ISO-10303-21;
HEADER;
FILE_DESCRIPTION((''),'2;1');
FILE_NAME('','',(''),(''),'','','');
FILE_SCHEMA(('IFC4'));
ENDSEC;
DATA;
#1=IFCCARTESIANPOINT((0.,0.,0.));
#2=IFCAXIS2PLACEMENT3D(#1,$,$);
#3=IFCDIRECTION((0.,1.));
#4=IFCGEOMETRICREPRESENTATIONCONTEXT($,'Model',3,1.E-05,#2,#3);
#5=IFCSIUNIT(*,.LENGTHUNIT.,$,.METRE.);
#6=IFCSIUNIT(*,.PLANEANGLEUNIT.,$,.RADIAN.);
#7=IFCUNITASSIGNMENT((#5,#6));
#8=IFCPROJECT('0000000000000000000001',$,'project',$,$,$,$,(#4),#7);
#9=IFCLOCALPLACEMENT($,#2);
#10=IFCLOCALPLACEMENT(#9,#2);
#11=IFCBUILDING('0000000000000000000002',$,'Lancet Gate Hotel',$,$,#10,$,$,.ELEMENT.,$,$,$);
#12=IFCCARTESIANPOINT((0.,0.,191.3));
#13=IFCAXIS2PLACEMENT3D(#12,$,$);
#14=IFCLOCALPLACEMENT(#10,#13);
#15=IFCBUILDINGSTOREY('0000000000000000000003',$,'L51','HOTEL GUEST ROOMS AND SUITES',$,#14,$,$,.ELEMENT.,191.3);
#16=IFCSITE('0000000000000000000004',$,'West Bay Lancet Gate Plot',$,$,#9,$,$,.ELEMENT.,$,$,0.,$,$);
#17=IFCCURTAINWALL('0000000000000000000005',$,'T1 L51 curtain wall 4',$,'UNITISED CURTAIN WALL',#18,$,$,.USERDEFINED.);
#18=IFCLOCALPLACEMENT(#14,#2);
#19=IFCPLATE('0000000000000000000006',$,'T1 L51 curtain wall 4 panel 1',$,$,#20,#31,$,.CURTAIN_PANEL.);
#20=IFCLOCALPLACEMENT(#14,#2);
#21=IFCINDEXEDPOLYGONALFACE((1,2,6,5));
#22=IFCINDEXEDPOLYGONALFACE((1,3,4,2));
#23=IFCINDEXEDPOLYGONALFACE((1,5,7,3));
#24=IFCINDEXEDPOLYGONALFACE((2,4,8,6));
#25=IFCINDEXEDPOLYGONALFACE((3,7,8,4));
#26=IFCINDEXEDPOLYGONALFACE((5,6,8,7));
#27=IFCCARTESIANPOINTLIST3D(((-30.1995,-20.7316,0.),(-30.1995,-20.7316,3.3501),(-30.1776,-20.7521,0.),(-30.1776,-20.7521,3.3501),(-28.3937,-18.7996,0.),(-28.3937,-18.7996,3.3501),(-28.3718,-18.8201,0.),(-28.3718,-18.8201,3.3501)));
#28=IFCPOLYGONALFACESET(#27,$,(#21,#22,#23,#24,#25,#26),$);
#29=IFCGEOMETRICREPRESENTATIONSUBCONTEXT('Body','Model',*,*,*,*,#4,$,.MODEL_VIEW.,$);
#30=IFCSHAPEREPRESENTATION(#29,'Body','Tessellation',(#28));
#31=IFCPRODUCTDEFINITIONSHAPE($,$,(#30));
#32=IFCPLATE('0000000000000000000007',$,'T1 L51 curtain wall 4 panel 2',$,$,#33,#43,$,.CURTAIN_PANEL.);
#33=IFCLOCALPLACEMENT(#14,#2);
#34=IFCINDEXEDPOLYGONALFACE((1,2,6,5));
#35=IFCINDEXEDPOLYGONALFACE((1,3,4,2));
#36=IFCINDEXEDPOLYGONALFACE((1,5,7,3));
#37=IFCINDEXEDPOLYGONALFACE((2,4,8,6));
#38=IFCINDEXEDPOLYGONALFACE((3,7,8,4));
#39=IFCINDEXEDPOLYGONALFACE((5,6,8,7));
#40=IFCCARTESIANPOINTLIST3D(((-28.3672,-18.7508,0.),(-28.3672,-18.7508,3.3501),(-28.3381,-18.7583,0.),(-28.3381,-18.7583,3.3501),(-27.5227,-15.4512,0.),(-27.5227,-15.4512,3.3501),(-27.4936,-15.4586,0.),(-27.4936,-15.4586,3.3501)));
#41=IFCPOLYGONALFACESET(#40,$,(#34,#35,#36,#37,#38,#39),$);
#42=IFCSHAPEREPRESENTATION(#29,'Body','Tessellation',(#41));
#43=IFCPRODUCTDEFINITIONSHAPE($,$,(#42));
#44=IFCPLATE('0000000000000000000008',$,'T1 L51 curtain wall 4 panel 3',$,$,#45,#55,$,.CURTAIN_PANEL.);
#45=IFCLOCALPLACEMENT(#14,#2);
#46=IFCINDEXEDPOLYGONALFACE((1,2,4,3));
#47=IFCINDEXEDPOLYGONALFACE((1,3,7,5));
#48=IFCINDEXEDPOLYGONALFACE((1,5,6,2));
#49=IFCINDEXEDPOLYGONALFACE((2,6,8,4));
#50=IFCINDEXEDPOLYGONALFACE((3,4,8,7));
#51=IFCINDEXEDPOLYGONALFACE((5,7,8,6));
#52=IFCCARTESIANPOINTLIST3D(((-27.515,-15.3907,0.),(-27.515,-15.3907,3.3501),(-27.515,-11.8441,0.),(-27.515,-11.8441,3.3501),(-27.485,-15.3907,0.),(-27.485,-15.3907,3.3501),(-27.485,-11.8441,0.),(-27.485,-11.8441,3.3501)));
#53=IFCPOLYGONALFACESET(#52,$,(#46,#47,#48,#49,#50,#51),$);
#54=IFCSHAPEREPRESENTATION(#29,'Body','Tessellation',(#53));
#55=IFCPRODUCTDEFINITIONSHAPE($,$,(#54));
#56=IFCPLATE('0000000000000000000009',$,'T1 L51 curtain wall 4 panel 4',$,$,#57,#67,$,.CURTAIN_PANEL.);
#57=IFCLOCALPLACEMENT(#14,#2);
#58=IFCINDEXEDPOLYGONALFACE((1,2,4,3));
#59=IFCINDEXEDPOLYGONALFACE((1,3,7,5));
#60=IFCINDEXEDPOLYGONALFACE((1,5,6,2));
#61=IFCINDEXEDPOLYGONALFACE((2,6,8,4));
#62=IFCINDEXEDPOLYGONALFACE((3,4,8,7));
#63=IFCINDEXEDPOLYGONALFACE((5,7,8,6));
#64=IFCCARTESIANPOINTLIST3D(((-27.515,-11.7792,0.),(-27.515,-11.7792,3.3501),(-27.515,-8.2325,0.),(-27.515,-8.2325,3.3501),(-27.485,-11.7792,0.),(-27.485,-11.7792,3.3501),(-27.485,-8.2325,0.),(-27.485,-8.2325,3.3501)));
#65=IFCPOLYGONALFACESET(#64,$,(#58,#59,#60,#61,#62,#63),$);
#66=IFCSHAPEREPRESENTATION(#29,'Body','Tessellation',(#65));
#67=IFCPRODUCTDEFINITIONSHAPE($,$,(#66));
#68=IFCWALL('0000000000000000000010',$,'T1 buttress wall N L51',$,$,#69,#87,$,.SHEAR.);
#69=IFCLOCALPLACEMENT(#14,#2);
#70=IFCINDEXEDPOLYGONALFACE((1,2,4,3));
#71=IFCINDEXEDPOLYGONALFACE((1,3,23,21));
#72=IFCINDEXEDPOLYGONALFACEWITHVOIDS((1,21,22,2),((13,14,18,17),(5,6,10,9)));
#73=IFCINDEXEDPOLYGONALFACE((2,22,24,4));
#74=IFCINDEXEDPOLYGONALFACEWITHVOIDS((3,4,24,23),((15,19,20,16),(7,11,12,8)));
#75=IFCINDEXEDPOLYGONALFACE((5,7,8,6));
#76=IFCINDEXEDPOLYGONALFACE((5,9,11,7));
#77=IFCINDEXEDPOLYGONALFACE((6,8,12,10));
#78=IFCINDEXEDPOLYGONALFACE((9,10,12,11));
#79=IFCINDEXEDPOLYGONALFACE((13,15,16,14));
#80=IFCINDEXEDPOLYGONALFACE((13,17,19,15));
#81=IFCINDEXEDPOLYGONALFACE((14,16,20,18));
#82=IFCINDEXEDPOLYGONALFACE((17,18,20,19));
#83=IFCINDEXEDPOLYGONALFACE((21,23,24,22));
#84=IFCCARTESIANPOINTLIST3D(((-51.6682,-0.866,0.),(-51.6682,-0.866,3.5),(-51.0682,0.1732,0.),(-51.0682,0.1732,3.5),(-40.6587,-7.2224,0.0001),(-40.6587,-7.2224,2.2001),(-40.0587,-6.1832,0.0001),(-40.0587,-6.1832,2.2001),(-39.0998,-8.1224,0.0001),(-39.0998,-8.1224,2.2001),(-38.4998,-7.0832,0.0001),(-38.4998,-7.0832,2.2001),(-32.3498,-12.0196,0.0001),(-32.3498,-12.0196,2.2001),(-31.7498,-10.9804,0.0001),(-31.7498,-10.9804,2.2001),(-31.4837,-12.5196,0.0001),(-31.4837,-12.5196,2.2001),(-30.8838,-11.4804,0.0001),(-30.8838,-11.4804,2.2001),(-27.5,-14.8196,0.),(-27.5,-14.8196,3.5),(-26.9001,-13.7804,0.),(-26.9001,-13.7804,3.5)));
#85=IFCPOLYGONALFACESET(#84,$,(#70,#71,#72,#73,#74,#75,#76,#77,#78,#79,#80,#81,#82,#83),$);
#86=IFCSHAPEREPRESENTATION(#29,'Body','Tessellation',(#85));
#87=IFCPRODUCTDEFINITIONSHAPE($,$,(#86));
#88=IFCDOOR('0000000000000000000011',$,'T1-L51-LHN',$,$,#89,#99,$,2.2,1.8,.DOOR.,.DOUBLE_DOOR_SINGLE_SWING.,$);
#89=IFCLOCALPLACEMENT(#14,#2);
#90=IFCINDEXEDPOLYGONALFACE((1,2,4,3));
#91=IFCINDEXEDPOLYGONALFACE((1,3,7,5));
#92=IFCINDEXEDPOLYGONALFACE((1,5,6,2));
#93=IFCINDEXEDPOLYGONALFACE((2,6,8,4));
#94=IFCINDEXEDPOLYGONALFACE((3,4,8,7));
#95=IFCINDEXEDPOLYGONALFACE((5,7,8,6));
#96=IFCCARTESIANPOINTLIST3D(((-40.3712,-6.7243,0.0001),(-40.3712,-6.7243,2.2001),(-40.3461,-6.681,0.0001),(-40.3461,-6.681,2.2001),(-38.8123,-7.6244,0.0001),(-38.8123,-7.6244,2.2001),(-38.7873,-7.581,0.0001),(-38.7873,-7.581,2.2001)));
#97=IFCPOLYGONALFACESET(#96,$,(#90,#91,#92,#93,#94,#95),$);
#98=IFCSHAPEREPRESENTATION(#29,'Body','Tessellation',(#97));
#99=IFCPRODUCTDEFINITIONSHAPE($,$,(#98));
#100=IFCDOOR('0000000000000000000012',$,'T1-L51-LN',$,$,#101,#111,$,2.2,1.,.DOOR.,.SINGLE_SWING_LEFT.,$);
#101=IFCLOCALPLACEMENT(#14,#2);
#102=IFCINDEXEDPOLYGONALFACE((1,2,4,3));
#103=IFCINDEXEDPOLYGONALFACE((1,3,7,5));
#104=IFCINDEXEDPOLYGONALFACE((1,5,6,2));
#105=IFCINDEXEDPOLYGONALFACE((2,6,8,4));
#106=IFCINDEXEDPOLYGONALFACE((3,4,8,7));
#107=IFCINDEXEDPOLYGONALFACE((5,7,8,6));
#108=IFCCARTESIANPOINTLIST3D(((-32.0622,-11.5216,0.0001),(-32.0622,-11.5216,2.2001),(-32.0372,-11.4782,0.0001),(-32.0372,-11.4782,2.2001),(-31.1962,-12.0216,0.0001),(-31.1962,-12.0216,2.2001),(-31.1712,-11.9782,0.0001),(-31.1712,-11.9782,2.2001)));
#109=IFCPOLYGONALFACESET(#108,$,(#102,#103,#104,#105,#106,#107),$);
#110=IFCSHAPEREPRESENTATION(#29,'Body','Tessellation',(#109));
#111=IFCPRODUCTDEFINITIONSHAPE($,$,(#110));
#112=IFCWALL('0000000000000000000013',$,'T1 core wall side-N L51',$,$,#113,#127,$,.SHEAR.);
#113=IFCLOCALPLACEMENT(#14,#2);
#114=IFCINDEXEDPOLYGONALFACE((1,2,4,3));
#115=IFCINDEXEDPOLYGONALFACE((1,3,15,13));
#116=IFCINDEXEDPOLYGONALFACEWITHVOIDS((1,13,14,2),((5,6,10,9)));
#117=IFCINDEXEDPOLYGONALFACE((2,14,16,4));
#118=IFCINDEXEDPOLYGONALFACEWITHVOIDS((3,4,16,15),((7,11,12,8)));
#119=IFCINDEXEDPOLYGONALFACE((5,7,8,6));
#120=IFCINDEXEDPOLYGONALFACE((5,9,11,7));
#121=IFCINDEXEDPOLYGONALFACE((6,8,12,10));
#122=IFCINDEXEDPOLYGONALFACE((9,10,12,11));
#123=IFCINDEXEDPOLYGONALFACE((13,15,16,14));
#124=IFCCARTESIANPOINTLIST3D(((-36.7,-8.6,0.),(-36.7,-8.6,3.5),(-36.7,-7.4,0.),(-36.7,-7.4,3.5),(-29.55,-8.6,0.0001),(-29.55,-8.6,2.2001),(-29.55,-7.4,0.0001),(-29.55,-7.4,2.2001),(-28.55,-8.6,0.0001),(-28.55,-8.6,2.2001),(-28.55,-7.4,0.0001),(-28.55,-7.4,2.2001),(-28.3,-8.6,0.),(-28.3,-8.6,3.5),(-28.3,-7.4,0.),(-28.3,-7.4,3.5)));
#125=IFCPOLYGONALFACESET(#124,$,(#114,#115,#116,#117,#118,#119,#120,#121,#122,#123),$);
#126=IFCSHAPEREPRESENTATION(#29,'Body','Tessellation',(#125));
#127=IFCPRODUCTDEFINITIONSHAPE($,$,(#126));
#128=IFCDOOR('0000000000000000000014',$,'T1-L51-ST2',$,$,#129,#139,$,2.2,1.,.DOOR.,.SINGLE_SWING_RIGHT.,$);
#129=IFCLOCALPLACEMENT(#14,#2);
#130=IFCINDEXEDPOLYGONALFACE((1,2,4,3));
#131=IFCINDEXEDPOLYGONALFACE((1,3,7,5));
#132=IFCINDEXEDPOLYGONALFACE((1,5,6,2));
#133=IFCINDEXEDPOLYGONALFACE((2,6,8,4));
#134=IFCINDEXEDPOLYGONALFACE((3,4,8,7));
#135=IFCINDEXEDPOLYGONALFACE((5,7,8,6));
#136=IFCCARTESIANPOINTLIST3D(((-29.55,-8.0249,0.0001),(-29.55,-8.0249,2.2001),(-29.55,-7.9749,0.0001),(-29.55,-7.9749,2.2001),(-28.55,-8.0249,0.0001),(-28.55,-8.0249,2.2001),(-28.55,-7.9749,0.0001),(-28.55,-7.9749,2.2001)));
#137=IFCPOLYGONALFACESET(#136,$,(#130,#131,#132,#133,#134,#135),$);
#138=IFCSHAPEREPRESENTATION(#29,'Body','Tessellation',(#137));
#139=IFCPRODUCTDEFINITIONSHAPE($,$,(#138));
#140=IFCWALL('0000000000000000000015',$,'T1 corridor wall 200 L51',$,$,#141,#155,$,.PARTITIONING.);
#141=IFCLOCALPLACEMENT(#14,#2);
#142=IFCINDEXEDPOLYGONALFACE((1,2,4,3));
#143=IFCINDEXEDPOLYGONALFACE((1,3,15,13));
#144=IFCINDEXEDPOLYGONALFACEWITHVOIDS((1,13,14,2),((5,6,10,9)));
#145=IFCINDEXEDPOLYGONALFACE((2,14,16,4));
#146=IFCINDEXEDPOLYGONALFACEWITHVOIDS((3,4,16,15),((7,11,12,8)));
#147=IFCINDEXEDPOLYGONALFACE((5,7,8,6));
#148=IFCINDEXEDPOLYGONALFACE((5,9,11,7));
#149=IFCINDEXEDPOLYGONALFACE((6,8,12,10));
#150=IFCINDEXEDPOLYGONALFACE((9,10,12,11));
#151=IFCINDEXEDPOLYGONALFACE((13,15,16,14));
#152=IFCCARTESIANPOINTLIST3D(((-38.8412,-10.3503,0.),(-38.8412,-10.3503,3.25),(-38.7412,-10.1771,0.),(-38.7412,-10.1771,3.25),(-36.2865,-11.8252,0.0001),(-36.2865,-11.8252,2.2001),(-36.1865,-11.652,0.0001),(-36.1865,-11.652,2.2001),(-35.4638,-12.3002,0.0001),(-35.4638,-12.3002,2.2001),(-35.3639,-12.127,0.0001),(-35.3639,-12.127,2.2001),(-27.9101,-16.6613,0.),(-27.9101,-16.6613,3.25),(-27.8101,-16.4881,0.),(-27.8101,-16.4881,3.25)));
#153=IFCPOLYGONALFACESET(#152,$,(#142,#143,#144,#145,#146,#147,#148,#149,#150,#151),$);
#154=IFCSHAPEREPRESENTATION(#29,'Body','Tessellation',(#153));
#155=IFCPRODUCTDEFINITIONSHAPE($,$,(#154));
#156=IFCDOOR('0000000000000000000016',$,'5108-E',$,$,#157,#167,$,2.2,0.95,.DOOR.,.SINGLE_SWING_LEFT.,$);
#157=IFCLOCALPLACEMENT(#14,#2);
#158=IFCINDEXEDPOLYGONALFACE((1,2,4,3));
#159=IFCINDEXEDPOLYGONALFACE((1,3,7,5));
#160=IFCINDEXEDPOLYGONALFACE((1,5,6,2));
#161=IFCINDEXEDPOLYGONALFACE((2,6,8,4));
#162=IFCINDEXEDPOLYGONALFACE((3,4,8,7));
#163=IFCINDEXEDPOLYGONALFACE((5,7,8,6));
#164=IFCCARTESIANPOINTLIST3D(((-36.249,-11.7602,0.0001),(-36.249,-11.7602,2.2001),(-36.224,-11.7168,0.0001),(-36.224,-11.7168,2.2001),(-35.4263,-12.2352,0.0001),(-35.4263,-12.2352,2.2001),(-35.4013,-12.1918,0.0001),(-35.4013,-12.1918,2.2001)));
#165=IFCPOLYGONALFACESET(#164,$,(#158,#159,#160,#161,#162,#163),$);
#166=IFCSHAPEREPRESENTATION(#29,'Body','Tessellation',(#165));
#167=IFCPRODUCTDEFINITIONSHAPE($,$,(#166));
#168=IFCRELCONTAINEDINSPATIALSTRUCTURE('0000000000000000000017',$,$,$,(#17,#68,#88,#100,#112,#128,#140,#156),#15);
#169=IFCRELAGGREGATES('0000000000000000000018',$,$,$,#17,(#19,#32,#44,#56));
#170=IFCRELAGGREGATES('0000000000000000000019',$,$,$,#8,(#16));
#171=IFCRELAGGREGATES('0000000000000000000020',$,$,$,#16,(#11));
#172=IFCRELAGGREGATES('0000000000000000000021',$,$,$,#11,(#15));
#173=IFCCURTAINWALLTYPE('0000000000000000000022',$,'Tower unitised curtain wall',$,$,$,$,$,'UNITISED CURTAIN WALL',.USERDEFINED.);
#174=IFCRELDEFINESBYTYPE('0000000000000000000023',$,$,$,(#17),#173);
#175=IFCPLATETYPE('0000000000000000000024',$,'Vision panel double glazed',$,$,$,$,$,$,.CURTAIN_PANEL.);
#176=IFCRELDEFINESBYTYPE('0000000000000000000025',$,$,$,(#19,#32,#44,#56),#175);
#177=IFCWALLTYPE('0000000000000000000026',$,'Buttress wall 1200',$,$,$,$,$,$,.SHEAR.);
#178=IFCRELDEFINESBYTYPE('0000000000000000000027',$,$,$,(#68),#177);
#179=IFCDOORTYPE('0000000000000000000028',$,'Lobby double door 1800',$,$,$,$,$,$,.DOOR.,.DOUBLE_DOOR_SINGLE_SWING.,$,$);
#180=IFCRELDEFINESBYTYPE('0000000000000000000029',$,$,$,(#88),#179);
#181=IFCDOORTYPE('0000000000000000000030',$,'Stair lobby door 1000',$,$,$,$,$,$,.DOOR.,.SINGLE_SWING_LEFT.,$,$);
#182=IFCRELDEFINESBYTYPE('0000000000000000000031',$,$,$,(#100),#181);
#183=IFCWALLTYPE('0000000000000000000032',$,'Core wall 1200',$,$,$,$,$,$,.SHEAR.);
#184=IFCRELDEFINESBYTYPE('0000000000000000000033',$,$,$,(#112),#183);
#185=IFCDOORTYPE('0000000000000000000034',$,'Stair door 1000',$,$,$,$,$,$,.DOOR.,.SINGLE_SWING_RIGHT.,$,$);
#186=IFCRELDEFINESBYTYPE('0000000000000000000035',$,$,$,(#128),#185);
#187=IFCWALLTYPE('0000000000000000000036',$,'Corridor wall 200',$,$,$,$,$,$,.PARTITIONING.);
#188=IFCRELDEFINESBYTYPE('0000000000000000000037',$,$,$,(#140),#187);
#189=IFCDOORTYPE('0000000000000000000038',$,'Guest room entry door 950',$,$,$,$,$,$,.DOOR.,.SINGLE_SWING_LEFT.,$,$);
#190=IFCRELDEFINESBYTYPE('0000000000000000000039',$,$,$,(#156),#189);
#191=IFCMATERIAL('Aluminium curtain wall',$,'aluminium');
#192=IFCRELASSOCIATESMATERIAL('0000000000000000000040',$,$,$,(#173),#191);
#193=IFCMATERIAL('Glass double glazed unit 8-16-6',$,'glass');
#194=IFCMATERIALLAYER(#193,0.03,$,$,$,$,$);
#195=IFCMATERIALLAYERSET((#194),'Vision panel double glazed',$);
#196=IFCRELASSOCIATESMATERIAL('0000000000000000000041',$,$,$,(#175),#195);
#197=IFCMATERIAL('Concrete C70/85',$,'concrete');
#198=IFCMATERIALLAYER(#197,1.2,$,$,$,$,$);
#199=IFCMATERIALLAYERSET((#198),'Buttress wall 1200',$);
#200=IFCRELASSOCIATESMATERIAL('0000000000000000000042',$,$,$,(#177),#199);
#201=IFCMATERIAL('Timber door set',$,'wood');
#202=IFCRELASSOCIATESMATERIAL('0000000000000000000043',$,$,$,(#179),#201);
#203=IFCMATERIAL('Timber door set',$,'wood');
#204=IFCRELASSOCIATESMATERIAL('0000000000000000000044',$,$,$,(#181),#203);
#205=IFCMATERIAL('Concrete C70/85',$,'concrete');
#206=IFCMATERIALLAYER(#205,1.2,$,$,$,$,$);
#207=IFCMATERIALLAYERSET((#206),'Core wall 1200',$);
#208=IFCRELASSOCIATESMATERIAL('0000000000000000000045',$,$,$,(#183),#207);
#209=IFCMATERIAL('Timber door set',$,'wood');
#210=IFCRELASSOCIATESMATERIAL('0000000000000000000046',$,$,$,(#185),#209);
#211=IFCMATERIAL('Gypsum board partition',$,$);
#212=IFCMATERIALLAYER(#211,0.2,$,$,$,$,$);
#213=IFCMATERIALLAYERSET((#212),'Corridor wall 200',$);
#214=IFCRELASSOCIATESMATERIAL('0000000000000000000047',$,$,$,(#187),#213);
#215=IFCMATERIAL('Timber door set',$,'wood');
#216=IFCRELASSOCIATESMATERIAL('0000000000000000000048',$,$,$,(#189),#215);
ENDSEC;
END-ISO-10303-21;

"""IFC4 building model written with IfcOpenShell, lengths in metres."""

from ifc_helpers import new_model, si_unit, direction, frame, frame_2d, origin, origin_2d, place, context, subcontext, project, spatial, rectangle, extrude, material, layer, layer_set, type_object, element, fill, aggregate, save


model = new_model("IFC4")

# Units and contexts
model_context = context("Model", 3, precision=1e-05, world=origin(), true_north=direction((0.0, 1.0)))
body_context = subcontext(model_context, "Body", "Model", "MODEL_VIEW")
ifc_project = project(units=[si_unit("LENGTHUNIT", "METRE"), si_unit("PLANEANGLEUNIT", "RADIAN")], contexts=[model_context])

# Site, building, storey
site_placement = place(None, origin())
site = spatial("IfcSite", under=ifc_project, at=site_placement, Name="West Bay Lancet Gate Plot", CompositionType="ELEMENT", RefElevation=0.0)
building_placement = place(site_placement, origin())
building = spatial("IfcBuilding", under=site, at=building_placement, Name="Lancet Gate Hotel", CompositionType="ELEMENT")
storey_placement = place(building_placement, frame((0.0, 0.0, 191.3)))
storey = spatial("IfcBuildingStorey", under=building, at=storey_placement, Name="L51", Description="HOTEL GUEST ROOMS AND SUITES", CompositionType="ELEMENT", Elevation=191.3)

# Curtain wall
ifc_material_1 = material(Name="Aluminium curtain wall", Category="aluminium")
curtain_wall_type = type_object("IfcCurtainWallType", Name="Tower unitised curtain wall", ElementType="UNITISED CURTAIN WALL", PredefinedType="USERDEFINED", material=ifc_material_1)
curtain_wall_placement = place(storey_placement, origin())
curtain_wall = element("IfcCurtainWall", 1, at=curtain_wall_placement, inside=storey, type_object=curtain_wall_type, Name="T1 L51 curtain wall 4", ObjectType="UNITISED CURTAIN WALL", PredefinedType="USERDEFINED")

# Plates
ifc_material_2 = material(Name="Glass double glazed unit 8-16-6", Category="glass")
ifc_layer_1 = layer(ifc_material_2, 0.03)
ifc_layer_set_1 = layer_set([ifc_layer_1], Name="Vision panel double glazed")
plate_type = type_object("IfcPlateType", Name="Vision panel double glazed", PredefinedType="CURTAIN_PANEL", material=ifc_layer_set_1)
plate_1_placement = place(storey_placement, frame((-29.2856, -19.7759, 0.0), z_axis=(0.0, 0.0, 1.0), x_axis=(0.682845, 0.730563, 0.0)))
plate_1 = element("IfcPlate", 2, at=plate_1_placement, type_object=plate_type, Name="T1 L51 curtain wall 4 panel 1", PredefinedType="CURTAIN_PANEL", context=body_context, shape_type="SweptSolid", body=[
    extrude(rectangle(XDim=2.6445, YDim=0.03, at=origin_2d()), origin(), (0.0, 0.0, 1.0), 3.3501),
])
plate_2_placement = place(storey_placement, frame((-27.9304, -17.1047, 0.0), z_axis=(0.0, 0.0, 1.0), x_axis=(0.247937, 0.968776, 0.0)))
plate_2 = element("IfcPlate", 3, at=plate_2_placement, type_object=plate_type, Name="T1 L51 curtain wall 4 panel 2", PredefinedType="CURTAIN_PANEL", context=body_context, shape_type="SweptSolid", body=[
    extrude(rectangle(XDim=3.406, YDim=0.03, at=origin_2d()), origin(), (0.0, 0.0, 1.0), 3.3501),
])
plate_3_placement = place(storey_placement, frame((-27.5, -13.6174, 0.0), z_axis=(0.0, 0.0, 1.0), x_axis=(0.0, 1.0, 0.0)))
plate_3 = element("IfcPlate", 4, at=plate_3_placement, type_object=plate_type, Name="T1 L51 curtain wall 4 panel 3", PredefinedType="CURTAIN_PANEL", context=body_context, shape_type="SweptSolid", body=[
    extrude(rectangle(XDim=3.5466, YDim=0.03, at=origin_2d()), origin(), (0.0, 0.0, 1.0), 3.3501),
])
plate_4_placement = place(storey_placement, frame((-27.5, -10.0059, 0.0), z_axis=(0.0, 0.0, 1.0), x_axis=(0.0, 1.0, 0.0)))
plate_4 = element("IfcPlate", 5, at=plate_4_placement, type_object=plate_type, Name="T1 L51 curtain wall 4 panel 4", PredefinedType="CURTAIN_PANEL", context=body_context, shape_type="SweptSolid", body=[
    extrude(rectangle(XDim=3.5466, YDim=0.03, at=origin_2d()), origin(), (0.0, 0.0, 1.0), 3.3501),
])
aggregate(curtain_wall, [plate_1, plate_2, plate_3, plate_4])

# Wall, openings, doors
ifc_material_3 = material(Name="Concrete C70/85", Category="concrete")
ifc_layer_2 = layer(ifc_material_3, 1.2)
ifc_layer_set_2 = layer_set([ifc_layer_2], Name="Buttress wall 1200")
wall_type_1 = type_object("IfcWallType", Name="Buttress wall 1200", PredefinedType="SHEAR", material=ifc_layer_set_2)
wall_1_placement = place(storey_placement, frame((-27.2, -14.3, 0.0), z_axis=(0.0, 0.0, 1.0), x_axis=(-0.866024, 0.500002, 0.0)))
wall_1 = element("IfcWall", 6, at=wall_1_placement, inside=storey, type_object=wall_type_1, Name="T1 buttress wall N L51", PredefinedType="SHEAR", context=body_context, shape_type="SweptSolid", body=[
    extrude(rectangle(XDim=27.907, YDim=1.2, at=frame_2d((13.9536, 0.0))), origin(), (0.0, 0.0, 1.0), 3.5),
])
opening_1_placement = place(wall_1_placement, frame((4.6001, 0.0, 0.0)))
opening_1 = element("IfcOpeningElement", 7, at=opening_1_placement, cuts=wall_1, PredefinedType="OPENING", context=body_context, shape_type="SweptSolid", body=[
    extrude(rectangle(XDim=1.0, YDim=2.2, at=frame_2d((0.5, 1.1001))), frame((0.0, 0.6099, 0.0), z_axis=(0.0, -1.0, 0.0), x_axis=(1.0, 0.0, 0.0)), (0.0, 0.0, 1.0), 1.22),
])
opening_2_placement = place(wall_1_placement, frame((13.3945, 0.0, 0.0)))
opening_2 = element("IfcOpeningElement", 8, at=opening_2_placement, cuts=wall_1, PredefinedType="OPENING", context=body_context, shape_type="SweptSolid", body=[
    extrude(rectangle(XDim=1.8, YDim=2.2, at=frame_2d((0.8999, 1.1001))), frame((0.0, 0.6099, 0.0), z_axis=(0.0, -1.0, 0.0), x_axis=(1.0, 0.0, 0.0)), (0.0, 0.0, 1.0), 1.22),
])
ifc_material_4 = material(Name="Timber door set", Category="wood")
door_type_1 = type_object("IfcDoorType", Name="Lobby double door 1800", OperationType="DOUBLE_DOOR_SINGLE_SWING", PredefinedType="DOOR", material=ifc_material_4)
door_1_placement = place(opening_2_placement, origin())
door_1 = element("IfcDoor", 9, at=door_1_placement, inside=storey, type_object=door_type_1, Name="T1-L51-LHN", OperationType="DOUBLE_DOOR_SINGLE_SWING", OverallHeight=2.2, OverallWidth=1.8, PredefinedType="DOOR", context=body_context, shape_type="SweptSolid", body=[
    extrude(rectangle(XDim=1.8, YDim=2.2, at=frame_2d((0.8999, 1.1001))), frame((0.0, 0.0249, 0.0), z_axis=(0.0, -1.0, 0.0), x_axis=(1.0, 0.0, 0.0)), (0.0, 0.0, 1.0), 0.05),
])
fill(opening_2, door_1)
ifc_material_5 = material(Name="Timber door set", Category="wood")
door_type_2 = type_object("IfcDoorType", Name="Stair lobby door 1000", OperationType="SINGLE_SWING_LEFT", PredefinedType="DOOR", material=ifc_material_5)
door_2_placement = place(opening_1_placement, origin())
door_2 = element("IfcDoor", 10, at=door_2_placement, inside=storey, type_object=door_type_2, Name="T1-L51-LN", OperationType="SINGLE_SWING_LEFT", OverallHeight=2.2, OverallWidth=1.0, PredefinedType="DOOR", context=body_context, shape_type="SweptSolid", body=[
    extrude(rectangle(XDim=1.0, YDim=2.2, at=frame_2d((0.5, 1.1001))), frame((0.0, 0.0249, 0.0), z_axis=(0.0, -1.0, 0.0), x_axis=(1.0, 0.0, 0.0)), (0.0, 0.0, 1.0), 0.05),
])
fill(opening_1, door_2)

# Walls, openings, doors
ifc_material_6 = material(Name="Concrete C70/85", Category="concrete")
ifc_layer_3 = layer(ifc_material_6, 1.2)
ifc_layer_set_3 = layer_set([ifc_layer_3], Name="Core wall 1200")
wall_type_2 = type_object("IfcWallType", Name="Core wall 1200", PredefinedType="SHEAR", material=ifc_layer_set_3)
wall_2_placement = place(storey_placement, frame((-28.3, -8.0, 0.0), z_axis=(0.0, 0.0, 1.0), x_axis=(-1.0, 0.0, 0.0)))
wall_2 = element("IfcWall", 11, at=wall_2_placement, inside=storey, type_object=wall_type_2, Name="T1 core wall side-N L51", PredefinedType="SHEAR", context=body_context, shape_type="SweptSolid", body=[
    extrude(rectangle(XDim=8.3999, YDim=1.2, at=frame_2d((4.2, 0.0))), origin(), (0.0, 0.0, 1.0), 3.5),
])
opening_3_placement = place(wall_2_placement, frame((0.25, 0.0, 0.0)))
opening_3 = element("IfcOpeningElement", 12, at=opening_3_placement, cuts=wall_2, PredefinedType="OPENING", context=body_context, shape_type="SweptSolid", body=[
    extrude(rectangle(XDim=1.0, YDim=2.2, at=frame_2d((0.5, 1.1001))), frame((0.0, 0.6099, 0.0), z_axis=(0.0, -1.0, 0.0), x_axis=(1.0, 0.0, 0.0)), (0.0, 0.0, 1.0), 1.22),
])
ifc_material_7 = material(Name="Timber door set", Category="wood")
door_type_3 = type_object("IfcDoorType", Name="Stair door 1000", OperationType="SINGLE_SWING_RIGHT", PredefinedType="DOOR", material=ifc_material_7)
door_3_placement = place(opening_3_placement, origin())
door_3 = element("IfcDoor", 13, at=door_3_placement, inside=storey, type_object=door_type_3, Name="T1-L51-ST2", OperationType="SINGLE_SWING_RIGHT", OverallHeight=2.2, OverallWidth=1.0, PredefinedType="DOOR", context=body_context, shape_type="SweptSolid", body=[
    extrude(rectangle(XDim=1.0, YDim=2.2, at=frame_2d((0.5, 1.1001))), frame((0.0, 0.0249, 0.0), z_axis=(0.0, -1.0, 0.0), x_axis=(1.0, 0.0, 0.0)), (0.0, 0.0, 1.0), 0.05),
])
fill(opening_3, door_3)
ifc_material_8 = material(Name="Gypsum board partition")
ifc_layer_4 = layer(ifc_material_8, 0.2)
ifc_layer_set_4 = layer_set([ifc_layer_4], Name="Corridor wall 200")
wall_type_3 = type_object("IfcWallType", Name="Corridor wall 200", PredefinedType="PARTITIONING", material=ifc_layer_set_4)
wall_3_placement = place(storey_placement, frame((-27.8601, -16.5747, 0.0), z_axis=(0.0, 0.0, 1.0), x_axis=(-0.866028, 0.499996, 0.0)))
wall_3 = element("IfcWall", 14, at=wall_3_placement, inside=storey, type_object=wall_type_3, Name="T1 corridor wall 200 L51", PredefinedType="PARTITIONING", context=body_context, shape_type="SweptSolid", body=[
    extrude(rectangle(XDim=12.6221, YDim=0.2, at=frame_2d((6.311, 0.0))), origin(), (0.0, 0.0, 1.0), 3.25),
])
opening_4_placement = place(wall_3_placement, frame((8.7222, 0.0, 0.0)))
opening_4 = element("IfcOpeningElement", 15, at=opening_4_placement, cuts=wall_3, PredefinedType="OPENING", context=body_context, shape_type="SweptSolid", body=[
    extrude(rectangle(XDim=0.95, YDim=2.2, at=frame_2d((0.4751, 1.1001))), frame((0.0, 0.1099, 0.0), z_axis=(0.0, -1.0, 0.0), x_axis=(1.0, 0.0, 0.0)), (0.0, 0.0, 1.0), 0.22),
])
ifc_material_9 = material(Name="Timber door set", Category="wood")
door_type_4 = type_object("IfcDoorType", Name="Guest room entry door 950", OperationType="SINGLE_SWING_LEFT", PredefinedType="DOOR", material=ifc_material_9)
door_4_placement = place(opening_4_placement, origin())
door_4 = element("IfcDoor", 16, at=door_4_placement, inside=storey, type_object=door_type_4, Name="5108-E", OperationType="SINGLE_SWING_LEFT", OverallHeight=2.2, OverallWidth=0.95, PredefinedType="DOOR", context=body_context, shape_type="SweptSolid", body=[
    extrude(rectangle(XDim=0.95, YDim=2.2, at=frame_2d((0.4751, 1.1001))), frame((0.0, 0.0249, 0.0), z_axis=(0.0, -1.0, 0.0), x_axis=(1.0, 0.0, 0.0)), (0.0, 0.0, 1.0), 0.05),
])
fill(opening_4, door_4)

save(model, "model.ifc")
